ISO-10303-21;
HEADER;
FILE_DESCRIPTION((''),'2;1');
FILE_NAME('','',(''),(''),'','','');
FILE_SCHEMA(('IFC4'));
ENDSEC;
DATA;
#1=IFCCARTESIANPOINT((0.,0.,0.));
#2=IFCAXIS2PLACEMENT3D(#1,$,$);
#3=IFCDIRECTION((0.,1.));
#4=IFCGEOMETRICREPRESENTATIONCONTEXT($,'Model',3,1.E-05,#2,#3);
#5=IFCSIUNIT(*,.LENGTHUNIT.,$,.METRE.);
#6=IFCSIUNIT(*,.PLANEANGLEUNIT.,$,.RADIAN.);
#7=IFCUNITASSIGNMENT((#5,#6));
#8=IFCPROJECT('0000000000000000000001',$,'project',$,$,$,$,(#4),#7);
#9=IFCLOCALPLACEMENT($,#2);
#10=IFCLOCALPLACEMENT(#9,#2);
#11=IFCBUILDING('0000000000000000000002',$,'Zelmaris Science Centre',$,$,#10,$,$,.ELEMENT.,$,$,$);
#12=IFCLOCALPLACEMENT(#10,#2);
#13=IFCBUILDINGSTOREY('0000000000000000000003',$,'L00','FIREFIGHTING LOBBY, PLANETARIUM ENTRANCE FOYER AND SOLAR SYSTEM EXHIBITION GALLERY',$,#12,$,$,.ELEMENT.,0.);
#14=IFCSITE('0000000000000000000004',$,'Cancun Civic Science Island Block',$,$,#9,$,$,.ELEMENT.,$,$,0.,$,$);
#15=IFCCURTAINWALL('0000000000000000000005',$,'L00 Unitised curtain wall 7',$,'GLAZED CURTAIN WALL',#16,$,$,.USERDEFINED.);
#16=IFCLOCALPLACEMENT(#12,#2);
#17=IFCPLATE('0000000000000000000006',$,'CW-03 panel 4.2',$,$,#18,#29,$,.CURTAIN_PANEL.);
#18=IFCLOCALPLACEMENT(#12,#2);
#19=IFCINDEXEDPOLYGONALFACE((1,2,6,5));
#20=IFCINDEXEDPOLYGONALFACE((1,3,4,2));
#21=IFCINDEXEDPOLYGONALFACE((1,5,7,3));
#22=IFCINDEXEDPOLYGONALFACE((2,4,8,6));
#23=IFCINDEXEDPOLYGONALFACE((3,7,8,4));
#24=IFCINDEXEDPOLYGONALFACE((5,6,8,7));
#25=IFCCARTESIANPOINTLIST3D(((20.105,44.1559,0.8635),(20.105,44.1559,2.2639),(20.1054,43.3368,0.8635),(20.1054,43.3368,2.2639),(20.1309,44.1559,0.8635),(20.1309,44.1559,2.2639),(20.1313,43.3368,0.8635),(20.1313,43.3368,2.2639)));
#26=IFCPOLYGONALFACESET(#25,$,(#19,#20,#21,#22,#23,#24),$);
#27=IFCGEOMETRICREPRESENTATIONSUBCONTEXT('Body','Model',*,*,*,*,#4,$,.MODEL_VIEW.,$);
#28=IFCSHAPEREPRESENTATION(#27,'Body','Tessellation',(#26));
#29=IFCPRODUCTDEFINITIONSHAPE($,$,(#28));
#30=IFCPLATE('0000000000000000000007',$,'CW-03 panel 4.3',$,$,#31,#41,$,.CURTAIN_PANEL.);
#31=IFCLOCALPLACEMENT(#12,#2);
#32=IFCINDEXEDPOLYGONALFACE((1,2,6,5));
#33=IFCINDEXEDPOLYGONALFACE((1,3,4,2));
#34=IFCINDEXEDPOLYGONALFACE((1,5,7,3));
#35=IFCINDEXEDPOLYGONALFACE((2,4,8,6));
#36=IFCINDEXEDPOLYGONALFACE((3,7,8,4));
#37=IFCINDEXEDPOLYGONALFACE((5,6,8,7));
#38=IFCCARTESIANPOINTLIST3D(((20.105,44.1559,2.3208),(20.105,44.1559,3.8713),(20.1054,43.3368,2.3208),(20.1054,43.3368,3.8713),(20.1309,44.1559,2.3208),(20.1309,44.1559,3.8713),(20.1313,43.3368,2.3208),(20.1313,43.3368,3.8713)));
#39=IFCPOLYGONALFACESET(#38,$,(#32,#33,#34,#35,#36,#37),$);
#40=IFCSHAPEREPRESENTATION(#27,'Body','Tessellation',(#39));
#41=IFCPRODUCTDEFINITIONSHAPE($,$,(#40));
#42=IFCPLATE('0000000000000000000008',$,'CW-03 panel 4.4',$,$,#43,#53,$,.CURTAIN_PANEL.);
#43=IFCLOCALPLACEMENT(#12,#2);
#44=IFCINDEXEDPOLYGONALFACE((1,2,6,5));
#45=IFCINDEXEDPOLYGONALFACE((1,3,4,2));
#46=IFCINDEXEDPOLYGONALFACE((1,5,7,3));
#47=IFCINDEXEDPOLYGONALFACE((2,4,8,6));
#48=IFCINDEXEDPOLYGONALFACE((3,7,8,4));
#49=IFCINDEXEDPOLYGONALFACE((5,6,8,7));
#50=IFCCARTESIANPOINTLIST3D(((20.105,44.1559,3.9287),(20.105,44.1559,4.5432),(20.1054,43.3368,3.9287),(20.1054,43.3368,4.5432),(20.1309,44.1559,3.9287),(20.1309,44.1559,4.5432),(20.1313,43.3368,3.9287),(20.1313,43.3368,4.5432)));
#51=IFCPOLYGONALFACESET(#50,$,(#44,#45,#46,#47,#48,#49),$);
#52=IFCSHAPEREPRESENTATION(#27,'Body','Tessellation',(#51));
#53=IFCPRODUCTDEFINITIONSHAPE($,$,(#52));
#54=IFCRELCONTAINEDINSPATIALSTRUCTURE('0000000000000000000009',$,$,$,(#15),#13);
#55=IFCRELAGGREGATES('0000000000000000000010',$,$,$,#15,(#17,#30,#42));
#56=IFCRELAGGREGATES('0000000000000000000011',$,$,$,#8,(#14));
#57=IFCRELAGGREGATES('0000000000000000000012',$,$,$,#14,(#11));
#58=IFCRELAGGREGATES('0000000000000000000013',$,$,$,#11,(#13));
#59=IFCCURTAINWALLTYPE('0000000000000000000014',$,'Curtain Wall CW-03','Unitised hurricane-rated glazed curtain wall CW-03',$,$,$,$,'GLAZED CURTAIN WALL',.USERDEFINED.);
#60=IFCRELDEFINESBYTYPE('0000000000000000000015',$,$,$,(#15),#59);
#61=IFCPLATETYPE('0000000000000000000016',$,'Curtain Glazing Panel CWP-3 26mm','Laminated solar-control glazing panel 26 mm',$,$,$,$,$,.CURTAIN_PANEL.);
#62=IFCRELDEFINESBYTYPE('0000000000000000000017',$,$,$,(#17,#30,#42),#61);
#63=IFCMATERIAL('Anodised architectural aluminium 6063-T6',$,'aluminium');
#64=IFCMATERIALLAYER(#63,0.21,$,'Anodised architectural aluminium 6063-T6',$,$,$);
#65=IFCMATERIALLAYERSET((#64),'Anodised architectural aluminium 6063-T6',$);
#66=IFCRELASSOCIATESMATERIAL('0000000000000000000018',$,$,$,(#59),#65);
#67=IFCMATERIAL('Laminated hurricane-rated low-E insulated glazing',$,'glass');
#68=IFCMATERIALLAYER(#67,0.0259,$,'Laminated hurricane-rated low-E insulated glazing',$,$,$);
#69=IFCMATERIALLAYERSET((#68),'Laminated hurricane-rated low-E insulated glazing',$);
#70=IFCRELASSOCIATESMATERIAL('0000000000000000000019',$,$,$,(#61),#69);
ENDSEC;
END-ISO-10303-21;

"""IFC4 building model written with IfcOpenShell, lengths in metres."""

from ifc_helpers import new_model, si_unit, direction, frame, origin, origin_2d, place, context, subcontext, project, spatial, rectangle, extrude, material, layer, layer_set, type_object, element, aggregate, save


model = new_model("IFC4")

# Units and contexts
model_context = context("Model", 3, precision=1e-05, world=origin(), true_north=direction((0.0, 1.0)))
body_context = subcontext(model_context, "Body", "Model", "MODEL_VIEW")
ifc_project = project(units=[si_unit("LENGTHUNIT", "METRE"), si_unit("PLANEANGLEUNIT", "RADIAN")], contexts=[model_context])

# Site, building, storey
site_placement = place(None, origin())
site = spatial("IfcSite", under=ifc_project, at=site_placement, Name="Cancun Civic Science Island Block", CompositionType="ELEMENT", RefElevation=0.0)
building_placement = place(site_placement, origin())
building = spatial("IfcBuilding", under=site, at=building_placement, Name="Zelmaris Science Centre", CompositionType="ELEMENT")
storey_placement = place(building_placement, origin())
storey = spatial("IfcBuildingStorey", under=building, at=storey_placement, Name="L00", Description="FIREFIGHTING LOBBY, PLANETARIUM ENTRANCE FOYER AND SOLAR SYSTEM EXHIBITION GALLERY", CompositionType="ELEMENT", Elevation=0.0)

# Curtain wall
ifc_material_1 = material(Name="Anodised architectural aluminium 6063-T6", Category="aluminium")
ifc_layer_1 = layer(ifc_material_1, 0.21, Name="Anodised architectural aluminium 6063-T6")
ifc_layer_set_1 = layer_set([ifc_layer_1], Name="Anodised architectural aluminium 6063-T6")
curtain_wall_type = type_object("IfcCurtainWallType", Name="Curtain Wall CW-03", Description="Unitised hurricane-rated glazed curtain wall CW-03", ElementType="GLAZED CURTAIN WALL", PredefinedType="USERDEFINED", material=ifc_layer_set_1)
curtain_wall_placement = place(storey_placement, origin())
curtain_wall = element("IfcCurtainWall", 1, at=curtain_wall_placement, inside=storey, type_object=curtain_wall_type, Name="L00 Unitised curtain wall 7", ObjectType="GLAZED CURTAIN WALL", PredefinedType="USERDEFINED")

# Plates
ifc_material_2 = material(Name="Laminated hurricane-rated low-E insulated glazing", Category="glass")
ifc_layer_2 = layer(ifc_material_2, 0.0259, Name="Laminated hurricane-rated low-E insulated glazing")
ifc_layer_set_2 = layer_set([ifc_layer_2], Name="Laminated hurricane-rated low-E insulated glazing")
plate_type = type_object("IfcPlateType", Name="Curtain Glazing Panel CWP-3 26mm", Description="Laminated solar-control glazing panel 26 mm", PredefinedType="CURTAIN_PANEL", material=ifc_layer_set_2)
plate_1_placement = place(storey_placement, frame((20.1182, 43.7463, 0.8635), z_axis=(0.0, 0.0, 1.0), x_axis=(-0.000442, 1.0, 0.0)))
plate_1 = element("IfcPlate", 2, at=plate_1_placement, type_object=plate_type, Name="CW-03 panel 4.2", PredefinedType="CURTAIN_PANEL", context=body_context, shape_type="SweptSolid", body=[
    extrude(rectangle(XDim=0.8191, YDim=0.0259, at=origin_2d()), origin(), (0.0, 0.0, 1.0), 1.4004),
])
plate_2_placement = place(storey_placement, frame((20.1182, 43.7463, 2.3208), z_axis=(0.0, 0.0, 1.0), x_axis=(-0.000442, 1.0, 0.0)))
plate_2 = element("IfcPlate", 3, at=plate_2_placement, type_object=plate_type, Name="CW-03 panel 4.3", PredefinedType="CURTAIN_PANEL", context=body_context, shape_type="SweptSolid", body=[
    extrude(rectangle(XDim=0.8191, YDim=0.0259, at=origin_2d()), origin(), (0.0, 0.0, 1.0), 1.5505),
])
plate_3_placement = place(storey_placement, frame((20.1182, 43.7463, 3.9287), z_axis=(0.0, 0.0, 1.0), x_axis=(-0.000442, 1.0, 0.0)))
plate_3 = element("IfcPlate", 4, at=plate_3_placement, type_object=plate_type, Name="CW-03 panel 4.4", PredefinedType="CURTAIN_PANEL", context=body_context, shape_type="SweptSolid", body=[
    extrude(rectangle(XDim=0.8191, YDim=0.0259, at=origin_2d()), origin(), (0.0, 0.0, 1.0), 0.6145),
])
aggregate(curtain_wall, [plate_1, plate_2, plate_3])

save(model, "model.ifc")
